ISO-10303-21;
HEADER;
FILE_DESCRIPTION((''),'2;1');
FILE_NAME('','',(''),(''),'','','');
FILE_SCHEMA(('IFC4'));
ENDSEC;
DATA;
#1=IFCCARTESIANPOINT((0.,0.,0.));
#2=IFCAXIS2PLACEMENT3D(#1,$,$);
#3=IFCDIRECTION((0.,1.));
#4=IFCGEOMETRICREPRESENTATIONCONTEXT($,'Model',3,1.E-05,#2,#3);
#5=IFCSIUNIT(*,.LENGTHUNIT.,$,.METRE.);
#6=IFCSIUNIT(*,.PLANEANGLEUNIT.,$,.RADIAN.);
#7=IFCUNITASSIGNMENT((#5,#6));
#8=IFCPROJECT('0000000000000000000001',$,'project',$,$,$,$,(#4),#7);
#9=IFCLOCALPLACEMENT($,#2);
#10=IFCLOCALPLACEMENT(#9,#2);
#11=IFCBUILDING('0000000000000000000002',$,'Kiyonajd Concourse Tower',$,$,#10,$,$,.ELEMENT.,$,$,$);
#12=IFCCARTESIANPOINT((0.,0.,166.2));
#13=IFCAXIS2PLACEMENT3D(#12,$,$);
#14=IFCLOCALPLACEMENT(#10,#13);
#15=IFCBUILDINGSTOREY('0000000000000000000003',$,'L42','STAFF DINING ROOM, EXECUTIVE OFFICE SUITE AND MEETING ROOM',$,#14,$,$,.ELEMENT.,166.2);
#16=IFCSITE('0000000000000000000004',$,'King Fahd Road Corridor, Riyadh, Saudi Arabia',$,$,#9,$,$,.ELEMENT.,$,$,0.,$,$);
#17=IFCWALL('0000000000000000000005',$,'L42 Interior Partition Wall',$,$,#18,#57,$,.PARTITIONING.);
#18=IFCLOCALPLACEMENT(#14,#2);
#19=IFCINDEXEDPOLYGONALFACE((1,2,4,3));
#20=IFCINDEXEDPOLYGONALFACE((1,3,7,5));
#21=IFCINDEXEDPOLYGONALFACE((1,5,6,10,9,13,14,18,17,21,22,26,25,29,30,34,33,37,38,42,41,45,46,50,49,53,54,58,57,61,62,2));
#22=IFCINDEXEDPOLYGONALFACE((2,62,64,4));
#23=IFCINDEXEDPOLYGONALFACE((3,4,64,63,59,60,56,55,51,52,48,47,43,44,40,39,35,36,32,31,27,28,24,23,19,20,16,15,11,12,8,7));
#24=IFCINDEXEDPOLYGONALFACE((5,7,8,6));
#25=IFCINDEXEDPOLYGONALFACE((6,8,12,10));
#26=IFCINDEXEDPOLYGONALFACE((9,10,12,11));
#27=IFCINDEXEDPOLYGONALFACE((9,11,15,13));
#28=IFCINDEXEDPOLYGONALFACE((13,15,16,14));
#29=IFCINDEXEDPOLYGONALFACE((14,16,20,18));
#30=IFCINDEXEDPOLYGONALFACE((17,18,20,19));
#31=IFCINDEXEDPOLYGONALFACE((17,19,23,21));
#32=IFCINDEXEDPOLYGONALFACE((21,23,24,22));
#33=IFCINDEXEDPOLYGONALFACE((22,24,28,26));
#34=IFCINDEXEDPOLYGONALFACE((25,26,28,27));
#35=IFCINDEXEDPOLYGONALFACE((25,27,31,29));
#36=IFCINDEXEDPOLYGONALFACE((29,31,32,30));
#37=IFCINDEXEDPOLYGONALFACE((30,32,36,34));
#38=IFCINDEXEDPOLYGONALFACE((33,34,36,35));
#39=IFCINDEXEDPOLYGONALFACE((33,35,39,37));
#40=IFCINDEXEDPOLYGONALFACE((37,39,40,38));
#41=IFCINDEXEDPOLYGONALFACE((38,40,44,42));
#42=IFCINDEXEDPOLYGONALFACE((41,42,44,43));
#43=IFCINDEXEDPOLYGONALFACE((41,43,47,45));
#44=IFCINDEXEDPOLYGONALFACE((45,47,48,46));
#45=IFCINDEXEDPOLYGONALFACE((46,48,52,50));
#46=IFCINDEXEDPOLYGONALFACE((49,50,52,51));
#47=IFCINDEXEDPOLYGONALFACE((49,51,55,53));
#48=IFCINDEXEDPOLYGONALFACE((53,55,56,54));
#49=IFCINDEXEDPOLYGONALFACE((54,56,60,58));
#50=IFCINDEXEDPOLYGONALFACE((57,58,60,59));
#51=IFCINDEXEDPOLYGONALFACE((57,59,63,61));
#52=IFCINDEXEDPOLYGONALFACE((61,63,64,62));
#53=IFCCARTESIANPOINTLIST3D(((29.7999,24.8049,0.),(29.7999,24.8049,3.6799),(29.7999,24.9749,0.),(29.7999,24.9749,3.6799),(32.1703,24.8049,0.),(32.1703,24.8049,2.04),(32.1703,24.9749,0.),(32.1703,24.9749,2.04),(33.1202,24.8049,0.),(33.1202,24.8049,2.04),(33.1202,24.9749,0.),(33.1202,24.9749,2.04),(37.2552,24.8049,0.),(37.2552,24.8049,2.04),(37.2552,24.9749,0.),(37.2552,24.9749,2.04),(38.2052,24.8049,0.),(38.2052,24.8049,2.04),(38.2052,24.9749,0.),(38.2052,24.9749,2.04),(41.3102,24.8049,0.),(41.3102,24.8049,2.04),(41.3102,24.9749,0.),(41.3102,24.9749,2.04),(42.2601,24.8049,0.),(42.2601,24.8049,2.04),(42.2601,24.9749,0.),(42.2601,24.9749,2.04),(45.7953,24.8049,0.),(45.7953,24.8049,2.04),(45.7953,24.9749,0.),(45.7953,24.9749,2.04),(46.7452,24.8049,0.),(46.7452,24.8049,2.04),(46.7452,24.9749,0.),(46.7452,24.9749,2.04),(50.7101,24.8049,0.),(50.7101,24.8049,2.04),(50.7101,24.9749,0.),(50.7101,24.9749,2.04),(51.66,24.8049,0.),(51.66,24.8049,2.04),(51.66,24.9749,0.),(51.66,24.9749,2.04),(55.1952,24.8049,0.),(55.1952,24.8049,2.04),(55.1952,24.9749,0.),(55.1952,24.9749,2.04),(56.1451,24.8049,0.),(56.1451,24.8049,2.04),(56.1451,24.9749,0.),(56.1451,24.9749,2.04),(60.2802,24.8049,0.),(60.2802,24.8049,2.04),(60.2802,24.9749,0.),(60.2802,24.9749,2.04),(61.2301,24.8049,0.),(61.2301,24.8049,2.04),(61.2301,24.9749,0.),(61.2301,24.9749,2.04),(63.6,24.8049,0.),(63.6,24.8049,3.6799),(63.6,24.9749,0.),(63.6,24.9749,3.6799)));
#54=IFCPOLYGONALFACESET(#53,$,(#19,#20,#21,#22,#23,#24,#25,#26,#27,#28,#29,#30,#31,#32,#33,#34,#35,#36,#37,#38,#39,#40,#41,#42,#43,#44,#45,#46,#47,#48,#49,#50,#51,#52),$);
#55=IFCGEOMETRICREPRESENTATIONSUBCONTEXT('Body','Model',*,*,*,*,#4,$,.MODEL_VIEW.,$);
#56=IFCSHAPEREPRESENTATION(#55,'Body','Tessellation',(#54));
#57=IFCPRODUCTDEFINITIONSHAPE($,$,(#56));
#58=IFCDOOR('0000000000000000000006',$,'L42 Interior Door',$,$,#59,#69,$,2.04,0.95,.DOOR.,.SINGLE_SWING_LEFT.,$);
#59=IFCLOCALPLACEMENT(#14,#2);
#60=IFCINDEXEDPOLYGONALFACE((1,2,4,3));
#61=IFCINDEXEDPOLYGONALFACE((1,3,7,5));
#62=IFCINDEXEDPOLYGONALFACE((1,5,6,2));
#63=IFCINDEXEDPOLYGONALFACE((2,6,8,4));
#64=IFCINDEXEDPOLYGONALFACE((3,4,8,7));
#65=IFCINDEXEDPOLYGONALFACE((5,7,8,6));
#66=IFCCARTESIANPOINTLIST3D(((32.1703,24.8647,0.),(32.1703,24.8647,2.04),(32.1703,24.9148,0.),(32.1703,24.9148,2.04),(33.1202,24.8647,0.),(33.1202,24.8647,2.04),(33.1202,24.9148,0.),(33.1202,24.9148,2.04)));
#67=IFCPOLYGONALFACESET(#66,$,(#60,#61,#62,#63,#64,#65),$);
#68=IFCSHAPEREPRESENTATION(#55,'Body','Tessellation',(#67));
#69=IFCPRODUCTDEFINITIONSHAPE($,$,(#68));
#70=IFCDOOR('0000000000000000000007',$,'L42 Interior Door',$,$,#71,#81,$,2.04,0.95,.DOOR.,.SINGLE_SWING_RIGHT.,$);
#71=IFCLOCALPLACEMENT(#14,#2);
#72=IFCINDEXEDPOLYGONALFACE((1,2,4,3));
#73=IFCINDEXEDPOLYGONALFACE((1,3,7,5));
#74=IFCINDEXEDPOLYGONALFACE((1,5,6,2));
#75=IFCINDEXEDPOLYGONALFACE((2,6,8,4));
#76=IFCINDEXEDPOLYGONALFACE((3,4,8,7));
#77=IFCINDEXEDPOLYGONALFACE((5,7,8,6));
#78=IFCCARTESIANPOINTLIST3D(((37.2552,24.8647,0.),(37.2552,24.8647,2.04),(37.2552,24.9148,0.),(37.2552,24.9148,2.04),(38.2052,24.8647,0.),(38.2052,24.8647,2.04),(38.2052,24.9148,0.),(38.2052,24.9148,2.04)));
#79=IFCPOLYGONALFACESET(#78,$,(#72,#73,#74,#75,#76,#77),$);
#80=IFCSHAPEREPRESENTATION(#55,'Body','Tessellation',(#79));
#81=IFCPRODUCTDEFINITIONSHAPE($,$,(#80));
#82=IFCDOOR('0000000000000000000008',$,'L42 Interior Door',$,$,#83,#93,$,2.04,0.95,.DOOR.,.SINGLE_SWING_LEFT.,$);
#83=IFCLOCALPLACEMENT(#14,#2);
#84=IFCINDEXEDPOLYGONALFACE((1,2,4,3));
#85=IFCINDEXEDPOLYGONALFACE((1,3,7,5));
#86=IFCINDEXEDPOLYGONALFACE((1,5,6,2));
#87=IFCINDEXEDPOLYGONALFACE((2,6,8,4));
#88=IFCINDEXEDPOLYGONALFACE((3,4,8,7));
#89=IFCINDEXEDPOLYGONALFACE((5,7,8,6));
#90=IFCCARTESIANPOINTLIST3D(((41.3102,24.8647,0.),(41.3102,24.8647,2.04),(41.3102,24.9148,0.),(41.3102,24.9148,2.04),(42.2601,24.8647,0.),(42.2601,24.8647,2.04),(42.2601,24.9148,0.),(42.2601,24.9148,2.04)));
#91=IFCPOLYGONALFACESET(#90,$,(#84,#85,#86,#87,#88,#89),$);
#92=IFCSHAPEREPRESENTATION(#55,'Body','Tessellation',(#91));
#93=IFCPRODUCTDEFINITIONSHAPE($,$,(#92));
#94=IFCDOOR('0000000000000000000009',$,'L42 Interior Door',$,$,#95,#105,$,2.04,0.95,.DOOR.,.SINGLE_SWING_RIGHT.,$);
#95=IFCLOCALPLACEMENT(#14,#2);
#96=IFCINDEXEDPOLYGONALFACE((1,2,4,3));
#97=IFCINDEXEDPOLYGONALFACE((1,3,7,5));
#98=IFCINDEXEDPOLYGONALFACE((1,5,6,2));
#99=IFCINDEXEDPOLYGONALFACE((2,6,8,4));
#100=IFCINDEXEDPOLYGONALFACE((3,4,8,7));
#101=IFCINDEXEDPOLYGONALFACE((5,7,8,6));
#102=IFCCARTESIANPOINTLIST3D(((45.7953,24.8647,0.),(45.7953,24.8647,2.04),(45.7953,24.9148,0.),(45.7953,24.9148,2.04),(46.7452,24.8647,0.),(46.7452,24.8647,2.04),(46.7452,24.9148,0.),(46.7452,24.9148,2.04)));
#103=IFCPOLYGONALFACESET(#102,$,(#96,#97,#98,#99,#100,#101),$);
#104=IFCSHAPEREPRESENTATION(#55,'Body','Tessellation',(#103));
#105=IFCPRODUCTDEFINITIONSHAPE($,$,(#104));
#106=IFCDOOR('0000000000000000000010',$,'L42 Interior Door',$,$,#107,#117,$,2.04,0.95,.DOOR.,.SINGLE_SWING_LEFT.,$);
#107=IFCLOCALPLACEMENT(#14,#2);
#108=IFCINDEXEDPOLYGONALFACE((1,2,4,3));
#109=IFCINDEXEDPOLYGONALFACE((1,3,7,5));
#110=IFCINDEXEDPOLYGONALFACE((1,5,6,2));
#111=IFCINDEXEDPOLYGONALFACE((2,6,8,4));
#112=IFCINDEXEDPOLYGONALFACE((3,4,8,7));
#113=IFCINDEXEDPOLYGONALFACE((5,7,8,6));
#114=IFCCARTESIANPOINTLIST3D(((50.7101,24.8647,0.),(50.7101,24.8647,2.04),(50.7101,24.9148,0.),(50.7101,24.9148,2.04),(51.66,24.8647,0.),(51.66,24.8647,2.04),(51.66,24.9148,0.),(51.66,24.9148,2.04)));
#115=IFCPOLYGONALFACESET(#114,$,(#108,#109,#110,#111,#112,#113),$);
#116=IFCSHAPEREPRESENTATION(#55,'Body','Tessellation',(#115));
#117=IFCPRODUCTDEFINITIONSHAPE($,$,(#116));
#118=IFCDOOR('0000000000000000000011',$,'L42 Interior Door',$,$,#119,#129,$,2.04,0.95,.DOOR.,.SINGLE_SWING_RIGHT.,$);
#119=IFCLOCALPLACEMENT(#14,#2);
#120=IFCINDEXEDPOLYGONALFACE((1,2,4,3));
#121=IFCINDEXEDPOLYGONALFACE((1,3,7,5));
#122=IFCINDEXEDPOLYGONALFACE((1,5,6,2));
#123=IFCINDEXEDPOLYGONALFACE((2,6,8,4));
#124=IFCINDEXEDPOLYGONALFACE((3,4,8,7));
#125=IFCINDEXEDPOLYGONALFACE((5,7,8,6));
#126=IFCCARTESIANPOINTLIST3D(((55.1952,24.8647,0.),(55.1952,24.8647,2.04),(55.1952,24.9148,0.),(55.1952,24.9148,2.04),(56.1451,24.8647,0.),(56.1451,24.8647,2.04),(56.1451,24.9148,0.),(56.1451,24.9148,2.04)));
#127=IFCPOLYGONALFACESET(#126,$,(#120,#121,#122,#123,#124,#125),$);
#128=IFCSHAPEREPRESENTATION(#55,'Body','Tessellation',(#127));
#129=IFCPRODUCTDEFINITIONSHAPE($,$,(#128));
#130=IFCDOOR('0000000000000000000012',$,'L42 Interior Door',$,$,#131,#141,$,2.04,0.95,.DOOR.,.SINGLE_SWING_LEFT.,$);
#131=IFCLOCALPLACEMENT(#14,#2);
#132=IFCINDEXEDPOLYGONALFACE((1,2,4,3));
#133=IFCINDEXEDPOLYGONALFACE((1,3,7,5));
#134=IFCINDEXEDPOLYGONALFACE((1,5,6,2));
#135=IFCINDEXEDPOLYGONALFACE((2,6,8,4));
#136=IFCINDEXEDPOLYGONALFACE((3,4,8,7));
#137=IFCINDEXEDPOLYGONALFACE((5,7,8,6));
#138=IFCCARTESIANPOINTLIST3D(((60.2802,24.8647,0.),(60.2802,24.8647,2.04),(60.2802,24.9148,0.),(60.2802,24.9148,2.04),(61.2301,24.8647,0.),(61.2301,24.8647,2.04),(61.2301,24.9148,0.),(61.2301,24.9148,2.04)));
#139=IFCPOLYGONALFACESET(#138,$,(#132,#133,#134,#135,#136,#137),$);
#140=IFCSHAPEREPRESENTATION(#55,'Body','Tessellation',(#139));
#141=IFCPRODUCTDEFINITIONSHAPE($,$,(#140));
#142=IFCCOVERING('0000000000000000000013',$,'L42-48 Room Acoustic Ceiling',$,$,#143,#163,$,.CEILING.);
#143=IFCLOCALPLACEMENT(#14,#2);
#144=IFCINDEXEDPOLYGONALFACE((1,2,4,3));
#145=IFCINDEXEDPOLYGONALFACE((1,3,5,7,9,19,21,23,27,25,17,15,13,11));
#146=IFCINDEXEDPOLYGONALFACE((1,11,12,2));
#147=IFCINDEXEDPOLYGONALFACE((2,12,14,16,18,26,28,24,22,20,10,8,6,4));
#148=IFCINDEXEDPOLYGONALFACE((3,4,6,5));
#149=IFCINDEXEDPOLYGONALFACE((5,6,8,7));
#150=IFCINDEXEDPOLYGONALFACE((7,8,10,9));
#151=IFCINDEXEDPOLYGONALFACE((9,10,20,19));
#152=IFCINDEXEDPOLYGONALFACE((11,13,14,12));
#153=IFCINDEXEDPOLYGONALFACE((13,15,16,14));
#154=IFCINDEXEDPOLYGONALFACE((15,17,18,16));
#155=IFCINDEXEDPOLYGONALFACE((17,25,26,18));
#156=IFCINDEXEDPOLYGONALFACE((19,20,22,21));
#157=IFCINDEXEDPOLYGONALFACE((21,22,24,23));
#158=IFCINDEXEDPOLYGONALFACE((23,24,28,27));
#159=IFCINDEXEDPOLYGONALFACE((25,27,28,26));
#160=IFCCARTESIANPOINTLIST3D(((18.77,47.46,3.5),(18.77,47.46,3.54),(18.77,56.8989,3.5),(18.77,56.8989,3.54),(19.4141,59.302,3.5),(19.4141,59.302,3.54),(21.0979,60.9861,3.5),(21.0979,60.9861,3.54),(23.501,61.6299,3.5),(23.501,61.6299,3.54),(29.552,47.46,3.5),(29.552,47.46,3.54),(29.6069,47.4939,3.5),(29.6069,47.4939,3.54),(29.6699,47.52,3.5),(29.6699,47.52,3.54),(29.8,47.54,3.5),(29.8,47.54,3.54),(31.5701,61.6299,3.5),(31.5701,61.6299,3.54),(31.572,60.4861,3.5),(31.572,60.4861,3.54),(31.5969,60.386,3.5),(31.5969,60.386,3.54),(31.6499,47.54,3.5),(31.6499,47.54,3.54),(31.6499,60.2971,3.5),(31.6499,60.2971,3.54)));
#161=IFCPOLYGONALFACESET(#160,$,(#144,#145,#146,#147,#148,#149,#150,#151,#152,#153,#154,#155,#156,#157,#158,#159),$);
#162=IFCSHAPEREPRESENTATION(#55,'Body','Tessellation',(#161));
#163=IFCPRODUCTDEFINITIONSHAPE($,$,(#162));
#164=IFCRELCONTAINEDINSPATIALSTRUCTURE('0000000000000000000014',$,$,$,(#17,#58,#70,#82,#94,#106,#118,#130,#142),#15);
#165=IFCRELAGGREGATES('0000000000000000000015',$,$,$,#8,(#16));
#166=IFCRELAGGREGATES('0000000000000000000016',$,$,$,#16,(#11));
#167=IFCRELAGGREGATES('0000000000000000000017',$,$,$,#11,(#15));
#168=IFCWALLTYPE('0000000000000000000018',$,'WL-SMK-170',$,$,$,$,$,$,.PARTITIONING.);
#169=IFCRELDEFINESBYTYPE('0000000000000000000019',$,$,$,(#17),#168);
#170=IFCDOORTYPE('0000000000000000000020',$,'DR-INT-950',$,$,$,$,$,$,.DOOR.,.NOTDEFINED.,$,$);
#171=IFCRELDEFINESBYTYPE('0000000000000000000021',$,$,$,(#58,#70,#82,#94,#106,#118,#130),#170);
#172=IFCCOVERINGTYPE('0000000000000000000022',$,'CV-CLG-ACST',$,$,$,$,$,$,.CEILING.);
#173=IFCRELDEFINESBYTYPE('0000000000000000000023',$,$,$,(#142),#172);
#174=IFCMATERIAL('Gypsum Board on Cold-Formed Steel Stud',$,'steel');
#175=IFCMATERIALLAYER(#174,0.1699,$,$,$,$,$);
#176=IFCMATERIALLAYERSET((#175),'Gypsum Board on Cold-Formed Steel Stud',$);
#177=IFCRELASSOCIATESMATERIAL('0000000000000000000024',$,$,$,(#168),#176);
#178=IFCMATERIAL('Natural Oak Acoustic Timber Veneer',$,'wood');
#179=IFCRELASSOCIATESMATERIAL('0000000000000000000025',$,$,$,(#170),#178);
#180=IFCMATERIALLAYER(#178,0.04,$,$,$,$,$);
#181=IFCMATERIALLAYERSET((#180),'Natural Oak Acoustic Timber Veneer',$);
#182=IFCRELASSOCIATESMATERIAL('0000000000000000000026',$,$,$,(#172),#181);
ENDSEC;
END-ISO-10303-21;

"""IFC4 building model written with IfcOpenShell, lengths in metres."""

from ifc_helpers import new_model, si_unit, direction, frame, frame_2d, origin, place, context, subcontext, project, spatial, polyline, rectangle, outline, extrude, material, layer, layer_set, type_object, element, fill, save


model = new_model("IFC4")

# Units and contexts
model_context = context("Model", 3, precision=1e-05, world=origin(), true_north=direction((0.0, 1.0)))
body_context = subcontext(model_context, "Body", "Model", "MODEL_VIEW")
ifc_project = project(units=[si_unit("LENGTHUNIT", "METRE"), si_unit("PLANEANGLEUNIT", "RADIAN")], contexts=[model_context])

# Site, building, storey
site_placement = place(None, origin())
site = spatial("IfcSite", under=ifc_project, at=site_placement, Name="King Fahd Road Corridor, Riyadh, Saudi Arabia", CompositionType="ELEMENT", RefElevation=0.0)
building_placement = place(site_placement, origin())
building = spatial("IfcBuilding", under=site, at=building_placement, Name="Kiyonajd Concourse Tower", CompositionType="ELEMENT")
storey_placement = place(building_placement, frame((0.0, 0.0, 166.2)))
storey = spatial("IfcBuildingStorey", under=building, at=storey_placement, Name="L42", Description="STAFF DINING ROOM, EXECUTIVE OFFICE SUITE AND MEETING ROOM", CompositionType="ELEMENT", Elevation=166.2)

# Wall, openings, doors
ifc_material_1 = material(Name="Gypsum Board on Cold-Formed Steel Stud", Category="steel")
ifc_layer_1 = layer(ifc_material_1, 0.1699)
ifc_layer_set_1 = layer_set([ifc_layer_1], Name="Gypsum Board on Cold-Formed Steel Stud")
wall_type_1 = type_object("IfcWallType", Name="WL-SMK-170", PredefinedType="PARTITIONING", material=ifc_layer_set_1)
wall_1_placement = place(storey_placement, frame((29.8, 24.8899, 0.0), z_axis=(0.0, 0.0, 1.0), x_axis=(1.0, 0.0, 0.0)))
wall_1 = element("IfcWall", 1, at=wall_1_placement, inside=storey, type_object=wall_type_1, Name="L42 Interior Partition Wall", PredefinedType="PARTITIONING", context=body_context, shape_type="SweptSolid", body=[
    extrude(rectangle(XDim=33.8, YDim=0.1699, at=frame_2d((16.8999, 0.0))), origin(), (0.0, 0.0, 1.0), 3.6799),
])
opening_1_placement = place(wall_1_placement, frame((2.3701, 0.0, 0.0)))
opening_1 = element("IfcOpeningElement", 2, at=opening_1_placement, cuts=wall_1, PredefinedType="OPENING", context=body_context, shape_type="SweptSolid", body=[
    extrude(rectangle(XDim=0.95, YDim=2.04, at=frame_2d((0.4751, 1.02))), frame((0.0, 0.095, 0.0), z_axis=(0.0, -1.0, 0.0), x_axis=(1.0, 0.0, 0.0)), (0.0, 0.0, 1.0), 0.1899),
])
opening_2_placement = place(wall_1_placement, frame((7.4551, 0.0, 0.0)))
opening_2 = element("IfcOpeningElement", 3, at=opening_2_placement, cuts=wall_1, PredefinedType="OPENING", context=body_context, shape_type="SweptSolid", body=[
    extrude(rectangle(XDim=0.95, YDim=2.04, at=frame_2d((0.4751, 1.02))), frame((0.0, 0.095, 0.0), z_axis=(0.0, -1.0, 0.0), x_axis=(1.0, 0.0, 0.0)), (0.0, 0.0, 1.0), 0.1899),
])
opening_3_placement = place(wall_1_placement, frame((11.51, 0.0, 0.0)))
opening_3 = element("IfcOpeningElement", 4, at=opening_3_placement, cuts=wall_1, PredefinedType="OPENING", context=body_context, shape_type="SweptSolid", body=[
    extrude(rectangle(XDim=0.95, YDim=2.04, at=frame_2d((0.4751, 1.02))), frame((0.0, 0.095, 0.0), z_axis=(0.0, -1.0, 0.0), x_axis=(1.0, 0.0, 0.0)), (0.0, 0.0, 1.0), 0.1899),
])
opening_4_placement = place(wall_1_placement, frame((15.9951, 0.0, 0.0)))
opening_4 = element("IfcOpeningElement", 5, at=opening_4_placement, cuts=wall_1, PredefinedType="OPENING", context=body_context, shape_type="SweptSolid", body=[
    extrude(rectangle(XDim=0.95, YDim=2.04, at=frame_2d((0.4751, 1.02))), frame((0.0, 0.095, 0.0), z_axis=(0.0, -1.0, 0.0), x_axis=(1.0, 0.0, 0.0)), (0.0, 0.0, 1.0), 0.1899),
])
opening_5_placement = place(wall_1_placement, frame((20.9099, 0.0, 0.0)))
opening_5 = element("IfcOpeningElement", 6, at=opening_5_placement, cuts=wall_1, PredefinedType="OPENING", context=body_context, shape_type="SweptSolid", body=[
    extrude(rectangle(XDim=0.95, YDim=2.04, at=frame_2d((0.4751, 1.02))), frame((0.0, 0.095, 0.0), z_axis=(0.0, -1.0, 0.0), x_axis=(1.0, 0.0, 0.0)), (0.0, 0.0, 1.0), 0.1899),
])
opening_6_placement = place(wall_1_placement, frame((25.395, 0.0, 0.0)))
opening_6 = element("IfcOpeningElement", 7, at=opening_6_placement, cuts=wall_1, PredefinedType="OPENING", context=body_context, shape_type="SweptSolid", body=[
    extrude(rectangle(XDim=0.95, YDim=2.04, at=frame_2d((0.4751, 1.02))), frame((0.0, 0.095, 0.0), z_axis=(0.0, -1.0, 0.0), x_axis=(1.0, 0.0, 0.0)), (0.0, 0.0, 1.0), 0.1899),
])
opening_7_placement = place(wall_1_placement, frame((30.48, 0.0, 0.0)))
opening_7 = element("IfcOpeningElement", 8, at=opening_7_placement, cuts=wall_1, PredefinedType="OPENING", context=body_context, shape_type="SweptSolid", body=[
    extrude(rectangle(XDim=0.95, YDim=2.04, at=frame_2d((0.4751, 1.02))), frame((0.0, 0.095, 0.0), z_axis=(0.0, -1.0, 0.0), x_axis=(1.0, 0.0, 0.0)), (0.0, 0.0, 1.0), 0.1899),
])
ifc_material_2 = material(Name="Natural Oak Acoustic Timber Veneer", Category="wood")
door_type = type_object("IfcDoorType", Name="DR-INT-950", OperationType="NOTDEFINED", PredefinedType="DOOR", material=ifc_material_2)
door_1_placement = place(opening_1_placement, origin())
door_1 = element("IfcDoor", 9, at=door_1_placement, inside=storey, type_object=door_type, Name="L42 Interior Door", OperationType="SINGLE_SWING_LEFT", OverallHeight=2.04, OverallWidth=0.95, PredefinedType="DOOR", context=body_context, shape_type="SweptSolid", body=[
    extrude(rectangle(XDim=0.95, YDim=2.04, at=frame_2d((0.4751, 1.02))), frame((0.0, 0.0249, 0.0), z_axis=(0.0, -1.0, 0.0), x_axis=(1.0, 0.0, 0.0)), (0.0, 0.0, 1.0), 0.05),
])
fill(opening_1, door_1)
door_2_placement = place(opening_2_placement, origin())
door_2 = element("IfcDoor", 10, at=door_2_placement, inside=storey, type_object=door_type, Name="L42 Interior Door", OperationType="SINGLE_SWING_RIGHT", OverallHeight=2.04, OverallWidth=0.95, PredefinedType="DOOR", context=body_context, shape_type="SweptSolid", body=[
    extrude(rectangle(XDim=0.95, YDim=2.04, at=frame_2d((0.4751, 1.02))), frame((0.0, 0.0249, 0.0), z_axis=(0.0, -1.0, 0.0), x_axis=(1.0, 0.0, 0.0)), (0.0, 0.0, 1.0), 0.05),
])
fill(opening_2, door_2)
door_3_placement = place(opening_3_placement, origin())
door_3 = element("IfcDoor", 11, at=door_3_placement, inside=storey, type_object=door_type, Name="L42 Interior Door", OperationType="SINGLE_SWING_LEFT", OverallHeight=2.04, OverallWidth=0.95, PredefinedType="DOOR", context=body_context, shape_type="SweptSolid", body=[
    extrude(rectangle(XDim=0.95, YDim=2.04, at=frame_2d((0.4751, 1.02))), frame((0.0, 0.0249, 0.0), z_axis=(0.0, -1.0, 0.0), x_axis=(1.0, 0.0, 0.0)), (0.0, 0.0, 1.0), 0.05),
])
fill(opening_3, door_3)
door_4_placement = place(opening_4_placement, origin())
door_4 = element("IfcDoor", 12, at=door_4_placement, inside=storey, type_object=door_type, Name="L42 Interior Door", OperationType="SINGLE_SWING_RIGHT", OverallHeight=2.04, OverallWidth=0.95, PredefinedType="DOOR", context=body_context, shape_type="SweptSolid", body=[
    extrude(rectangle(XDim=0.95, YDim=2.04, at=frame_2d((0.4751, 1.02))), frame((0.0, 0.0249, 0.0), z_axis=(0.0, -1.0, 0.0), x_axis=(1.0, 0.0, 0.0)), (0.0, 0.0, 1.0), 0.05),
])
fill(opening_4, door_4)
door_5_placement = place(opening_5_placement, origin())
door_5 = element("IfcDoor", 13, at=door_5_placement, inside=storey, type_object=door_type, Name="L42 Interior Door", OperationType="SINGLE_SWING_LEFT", OverallHeight=2.04, OverallWidth=0.95, PredefinedType="DOOR", context=body_context, shape_type="SweptSolid", body=[
    extrude(rectangle(XDim=0.95, YDim=2.04, at=frame_2d((0.4751, 1.02))), frame((0.0, 0.0249, 0.0), z_axis=(0.0, -1.0, 0.0), x_axis=(1.0, 0.0, 0.0)), (0.0, 0.0, 1.0), 0.05),
])
fill(opening_5, door_5)
door_6_placement = place(opening_6_placement, origin())
door_6 = element("IfcDoor", 14, at=door_6_placement, inside=storey, type_object=door_type, Name="L42 Interior Door", OperationType="SINGLE_SWING_RIGHT", OverallHeight=2.04, OverallWidth=0.95, PredefinedType="DOOR", context=body_context, shape_type="SweptSolid", body=[
    extrude(rectangle(XDim=0.95, YDim=2.04, at=frame_2d((0.4751, 1.02))), frame((0.0, 0.0249, 0.0), z_axis=(0.0, -1.0, 0.0), x_axis=(1.0, 0.0, 0.0)), (0.0, 0.0, 1.0), 0.05),
])
fill(opening_6, door_6)
door_7_placement = place(opening_7_placement, origin())
door_7 = element("IfcDoor", 15, at=door_7_placement, inside=storey, type_object=door_type, Name="L42 Interior Door", OperationType="SINGLE_SWING_LEFT", OverallHeight=2.04, OverallWidth=0.95, PredefinedType="DOOR", context=body_context, shape_type="SweptSolid", body=[
    extrude(rectangle(XDim=0.95, YDim=2.04, at=frame_2d((0.4751, 1.02))), frame((0.0, 0.0249, 0.0), z_axis=(0.0, -1.0, 0.0), x_axis=(1.0, 0.0, 0.0)), (0.0, 0.0, 1.0), 0.05),
])
fill(opening_7, door_7)

# Covering
ifc_layer_2 = layer(ifc_material_2, 0.04)
ifc_layer_set_2 = layer_set([ifc_layer_2], Name="Natural Oak Acoustic Timber Veneer")
covering_type = type_object("IfcCoveringType", Name="CV-CLG-ACST", PredefinedType="CEILING", material=ifc_layer_set_2)
covering_1_placement = place(storey_placement, frame((0.0, 0.0, 3.5)))
element("IfcCovering", 16, at=covering_1_placement, inside=storey, type_object=covering_type, Name="L42-48 Room Acoustic Ceiling", PredefinedType="CEILING", context=body_context, shape_type="SweptSolid", body=[
    extrude(outline(polyline([(21.0979, 60.9861), (23.501, 61.6299), (31.5701, 61.6299), (31.572, 60.4861), (31.5969, 60.386), (31.6499, 60.2971), (31.6499, 47.54), (29.8, 47.54), (29.6699, 47.52), (29.6069, 47.4939), (29.552, 47.46), (18.77, 47.46), (18.77, 56.8989), (19.4141, 59.302), (21.0979, 60.9861)])), origin(), (0.0, 0.0, 1.0), 0.04),
])

save(model, "model.ifc")
